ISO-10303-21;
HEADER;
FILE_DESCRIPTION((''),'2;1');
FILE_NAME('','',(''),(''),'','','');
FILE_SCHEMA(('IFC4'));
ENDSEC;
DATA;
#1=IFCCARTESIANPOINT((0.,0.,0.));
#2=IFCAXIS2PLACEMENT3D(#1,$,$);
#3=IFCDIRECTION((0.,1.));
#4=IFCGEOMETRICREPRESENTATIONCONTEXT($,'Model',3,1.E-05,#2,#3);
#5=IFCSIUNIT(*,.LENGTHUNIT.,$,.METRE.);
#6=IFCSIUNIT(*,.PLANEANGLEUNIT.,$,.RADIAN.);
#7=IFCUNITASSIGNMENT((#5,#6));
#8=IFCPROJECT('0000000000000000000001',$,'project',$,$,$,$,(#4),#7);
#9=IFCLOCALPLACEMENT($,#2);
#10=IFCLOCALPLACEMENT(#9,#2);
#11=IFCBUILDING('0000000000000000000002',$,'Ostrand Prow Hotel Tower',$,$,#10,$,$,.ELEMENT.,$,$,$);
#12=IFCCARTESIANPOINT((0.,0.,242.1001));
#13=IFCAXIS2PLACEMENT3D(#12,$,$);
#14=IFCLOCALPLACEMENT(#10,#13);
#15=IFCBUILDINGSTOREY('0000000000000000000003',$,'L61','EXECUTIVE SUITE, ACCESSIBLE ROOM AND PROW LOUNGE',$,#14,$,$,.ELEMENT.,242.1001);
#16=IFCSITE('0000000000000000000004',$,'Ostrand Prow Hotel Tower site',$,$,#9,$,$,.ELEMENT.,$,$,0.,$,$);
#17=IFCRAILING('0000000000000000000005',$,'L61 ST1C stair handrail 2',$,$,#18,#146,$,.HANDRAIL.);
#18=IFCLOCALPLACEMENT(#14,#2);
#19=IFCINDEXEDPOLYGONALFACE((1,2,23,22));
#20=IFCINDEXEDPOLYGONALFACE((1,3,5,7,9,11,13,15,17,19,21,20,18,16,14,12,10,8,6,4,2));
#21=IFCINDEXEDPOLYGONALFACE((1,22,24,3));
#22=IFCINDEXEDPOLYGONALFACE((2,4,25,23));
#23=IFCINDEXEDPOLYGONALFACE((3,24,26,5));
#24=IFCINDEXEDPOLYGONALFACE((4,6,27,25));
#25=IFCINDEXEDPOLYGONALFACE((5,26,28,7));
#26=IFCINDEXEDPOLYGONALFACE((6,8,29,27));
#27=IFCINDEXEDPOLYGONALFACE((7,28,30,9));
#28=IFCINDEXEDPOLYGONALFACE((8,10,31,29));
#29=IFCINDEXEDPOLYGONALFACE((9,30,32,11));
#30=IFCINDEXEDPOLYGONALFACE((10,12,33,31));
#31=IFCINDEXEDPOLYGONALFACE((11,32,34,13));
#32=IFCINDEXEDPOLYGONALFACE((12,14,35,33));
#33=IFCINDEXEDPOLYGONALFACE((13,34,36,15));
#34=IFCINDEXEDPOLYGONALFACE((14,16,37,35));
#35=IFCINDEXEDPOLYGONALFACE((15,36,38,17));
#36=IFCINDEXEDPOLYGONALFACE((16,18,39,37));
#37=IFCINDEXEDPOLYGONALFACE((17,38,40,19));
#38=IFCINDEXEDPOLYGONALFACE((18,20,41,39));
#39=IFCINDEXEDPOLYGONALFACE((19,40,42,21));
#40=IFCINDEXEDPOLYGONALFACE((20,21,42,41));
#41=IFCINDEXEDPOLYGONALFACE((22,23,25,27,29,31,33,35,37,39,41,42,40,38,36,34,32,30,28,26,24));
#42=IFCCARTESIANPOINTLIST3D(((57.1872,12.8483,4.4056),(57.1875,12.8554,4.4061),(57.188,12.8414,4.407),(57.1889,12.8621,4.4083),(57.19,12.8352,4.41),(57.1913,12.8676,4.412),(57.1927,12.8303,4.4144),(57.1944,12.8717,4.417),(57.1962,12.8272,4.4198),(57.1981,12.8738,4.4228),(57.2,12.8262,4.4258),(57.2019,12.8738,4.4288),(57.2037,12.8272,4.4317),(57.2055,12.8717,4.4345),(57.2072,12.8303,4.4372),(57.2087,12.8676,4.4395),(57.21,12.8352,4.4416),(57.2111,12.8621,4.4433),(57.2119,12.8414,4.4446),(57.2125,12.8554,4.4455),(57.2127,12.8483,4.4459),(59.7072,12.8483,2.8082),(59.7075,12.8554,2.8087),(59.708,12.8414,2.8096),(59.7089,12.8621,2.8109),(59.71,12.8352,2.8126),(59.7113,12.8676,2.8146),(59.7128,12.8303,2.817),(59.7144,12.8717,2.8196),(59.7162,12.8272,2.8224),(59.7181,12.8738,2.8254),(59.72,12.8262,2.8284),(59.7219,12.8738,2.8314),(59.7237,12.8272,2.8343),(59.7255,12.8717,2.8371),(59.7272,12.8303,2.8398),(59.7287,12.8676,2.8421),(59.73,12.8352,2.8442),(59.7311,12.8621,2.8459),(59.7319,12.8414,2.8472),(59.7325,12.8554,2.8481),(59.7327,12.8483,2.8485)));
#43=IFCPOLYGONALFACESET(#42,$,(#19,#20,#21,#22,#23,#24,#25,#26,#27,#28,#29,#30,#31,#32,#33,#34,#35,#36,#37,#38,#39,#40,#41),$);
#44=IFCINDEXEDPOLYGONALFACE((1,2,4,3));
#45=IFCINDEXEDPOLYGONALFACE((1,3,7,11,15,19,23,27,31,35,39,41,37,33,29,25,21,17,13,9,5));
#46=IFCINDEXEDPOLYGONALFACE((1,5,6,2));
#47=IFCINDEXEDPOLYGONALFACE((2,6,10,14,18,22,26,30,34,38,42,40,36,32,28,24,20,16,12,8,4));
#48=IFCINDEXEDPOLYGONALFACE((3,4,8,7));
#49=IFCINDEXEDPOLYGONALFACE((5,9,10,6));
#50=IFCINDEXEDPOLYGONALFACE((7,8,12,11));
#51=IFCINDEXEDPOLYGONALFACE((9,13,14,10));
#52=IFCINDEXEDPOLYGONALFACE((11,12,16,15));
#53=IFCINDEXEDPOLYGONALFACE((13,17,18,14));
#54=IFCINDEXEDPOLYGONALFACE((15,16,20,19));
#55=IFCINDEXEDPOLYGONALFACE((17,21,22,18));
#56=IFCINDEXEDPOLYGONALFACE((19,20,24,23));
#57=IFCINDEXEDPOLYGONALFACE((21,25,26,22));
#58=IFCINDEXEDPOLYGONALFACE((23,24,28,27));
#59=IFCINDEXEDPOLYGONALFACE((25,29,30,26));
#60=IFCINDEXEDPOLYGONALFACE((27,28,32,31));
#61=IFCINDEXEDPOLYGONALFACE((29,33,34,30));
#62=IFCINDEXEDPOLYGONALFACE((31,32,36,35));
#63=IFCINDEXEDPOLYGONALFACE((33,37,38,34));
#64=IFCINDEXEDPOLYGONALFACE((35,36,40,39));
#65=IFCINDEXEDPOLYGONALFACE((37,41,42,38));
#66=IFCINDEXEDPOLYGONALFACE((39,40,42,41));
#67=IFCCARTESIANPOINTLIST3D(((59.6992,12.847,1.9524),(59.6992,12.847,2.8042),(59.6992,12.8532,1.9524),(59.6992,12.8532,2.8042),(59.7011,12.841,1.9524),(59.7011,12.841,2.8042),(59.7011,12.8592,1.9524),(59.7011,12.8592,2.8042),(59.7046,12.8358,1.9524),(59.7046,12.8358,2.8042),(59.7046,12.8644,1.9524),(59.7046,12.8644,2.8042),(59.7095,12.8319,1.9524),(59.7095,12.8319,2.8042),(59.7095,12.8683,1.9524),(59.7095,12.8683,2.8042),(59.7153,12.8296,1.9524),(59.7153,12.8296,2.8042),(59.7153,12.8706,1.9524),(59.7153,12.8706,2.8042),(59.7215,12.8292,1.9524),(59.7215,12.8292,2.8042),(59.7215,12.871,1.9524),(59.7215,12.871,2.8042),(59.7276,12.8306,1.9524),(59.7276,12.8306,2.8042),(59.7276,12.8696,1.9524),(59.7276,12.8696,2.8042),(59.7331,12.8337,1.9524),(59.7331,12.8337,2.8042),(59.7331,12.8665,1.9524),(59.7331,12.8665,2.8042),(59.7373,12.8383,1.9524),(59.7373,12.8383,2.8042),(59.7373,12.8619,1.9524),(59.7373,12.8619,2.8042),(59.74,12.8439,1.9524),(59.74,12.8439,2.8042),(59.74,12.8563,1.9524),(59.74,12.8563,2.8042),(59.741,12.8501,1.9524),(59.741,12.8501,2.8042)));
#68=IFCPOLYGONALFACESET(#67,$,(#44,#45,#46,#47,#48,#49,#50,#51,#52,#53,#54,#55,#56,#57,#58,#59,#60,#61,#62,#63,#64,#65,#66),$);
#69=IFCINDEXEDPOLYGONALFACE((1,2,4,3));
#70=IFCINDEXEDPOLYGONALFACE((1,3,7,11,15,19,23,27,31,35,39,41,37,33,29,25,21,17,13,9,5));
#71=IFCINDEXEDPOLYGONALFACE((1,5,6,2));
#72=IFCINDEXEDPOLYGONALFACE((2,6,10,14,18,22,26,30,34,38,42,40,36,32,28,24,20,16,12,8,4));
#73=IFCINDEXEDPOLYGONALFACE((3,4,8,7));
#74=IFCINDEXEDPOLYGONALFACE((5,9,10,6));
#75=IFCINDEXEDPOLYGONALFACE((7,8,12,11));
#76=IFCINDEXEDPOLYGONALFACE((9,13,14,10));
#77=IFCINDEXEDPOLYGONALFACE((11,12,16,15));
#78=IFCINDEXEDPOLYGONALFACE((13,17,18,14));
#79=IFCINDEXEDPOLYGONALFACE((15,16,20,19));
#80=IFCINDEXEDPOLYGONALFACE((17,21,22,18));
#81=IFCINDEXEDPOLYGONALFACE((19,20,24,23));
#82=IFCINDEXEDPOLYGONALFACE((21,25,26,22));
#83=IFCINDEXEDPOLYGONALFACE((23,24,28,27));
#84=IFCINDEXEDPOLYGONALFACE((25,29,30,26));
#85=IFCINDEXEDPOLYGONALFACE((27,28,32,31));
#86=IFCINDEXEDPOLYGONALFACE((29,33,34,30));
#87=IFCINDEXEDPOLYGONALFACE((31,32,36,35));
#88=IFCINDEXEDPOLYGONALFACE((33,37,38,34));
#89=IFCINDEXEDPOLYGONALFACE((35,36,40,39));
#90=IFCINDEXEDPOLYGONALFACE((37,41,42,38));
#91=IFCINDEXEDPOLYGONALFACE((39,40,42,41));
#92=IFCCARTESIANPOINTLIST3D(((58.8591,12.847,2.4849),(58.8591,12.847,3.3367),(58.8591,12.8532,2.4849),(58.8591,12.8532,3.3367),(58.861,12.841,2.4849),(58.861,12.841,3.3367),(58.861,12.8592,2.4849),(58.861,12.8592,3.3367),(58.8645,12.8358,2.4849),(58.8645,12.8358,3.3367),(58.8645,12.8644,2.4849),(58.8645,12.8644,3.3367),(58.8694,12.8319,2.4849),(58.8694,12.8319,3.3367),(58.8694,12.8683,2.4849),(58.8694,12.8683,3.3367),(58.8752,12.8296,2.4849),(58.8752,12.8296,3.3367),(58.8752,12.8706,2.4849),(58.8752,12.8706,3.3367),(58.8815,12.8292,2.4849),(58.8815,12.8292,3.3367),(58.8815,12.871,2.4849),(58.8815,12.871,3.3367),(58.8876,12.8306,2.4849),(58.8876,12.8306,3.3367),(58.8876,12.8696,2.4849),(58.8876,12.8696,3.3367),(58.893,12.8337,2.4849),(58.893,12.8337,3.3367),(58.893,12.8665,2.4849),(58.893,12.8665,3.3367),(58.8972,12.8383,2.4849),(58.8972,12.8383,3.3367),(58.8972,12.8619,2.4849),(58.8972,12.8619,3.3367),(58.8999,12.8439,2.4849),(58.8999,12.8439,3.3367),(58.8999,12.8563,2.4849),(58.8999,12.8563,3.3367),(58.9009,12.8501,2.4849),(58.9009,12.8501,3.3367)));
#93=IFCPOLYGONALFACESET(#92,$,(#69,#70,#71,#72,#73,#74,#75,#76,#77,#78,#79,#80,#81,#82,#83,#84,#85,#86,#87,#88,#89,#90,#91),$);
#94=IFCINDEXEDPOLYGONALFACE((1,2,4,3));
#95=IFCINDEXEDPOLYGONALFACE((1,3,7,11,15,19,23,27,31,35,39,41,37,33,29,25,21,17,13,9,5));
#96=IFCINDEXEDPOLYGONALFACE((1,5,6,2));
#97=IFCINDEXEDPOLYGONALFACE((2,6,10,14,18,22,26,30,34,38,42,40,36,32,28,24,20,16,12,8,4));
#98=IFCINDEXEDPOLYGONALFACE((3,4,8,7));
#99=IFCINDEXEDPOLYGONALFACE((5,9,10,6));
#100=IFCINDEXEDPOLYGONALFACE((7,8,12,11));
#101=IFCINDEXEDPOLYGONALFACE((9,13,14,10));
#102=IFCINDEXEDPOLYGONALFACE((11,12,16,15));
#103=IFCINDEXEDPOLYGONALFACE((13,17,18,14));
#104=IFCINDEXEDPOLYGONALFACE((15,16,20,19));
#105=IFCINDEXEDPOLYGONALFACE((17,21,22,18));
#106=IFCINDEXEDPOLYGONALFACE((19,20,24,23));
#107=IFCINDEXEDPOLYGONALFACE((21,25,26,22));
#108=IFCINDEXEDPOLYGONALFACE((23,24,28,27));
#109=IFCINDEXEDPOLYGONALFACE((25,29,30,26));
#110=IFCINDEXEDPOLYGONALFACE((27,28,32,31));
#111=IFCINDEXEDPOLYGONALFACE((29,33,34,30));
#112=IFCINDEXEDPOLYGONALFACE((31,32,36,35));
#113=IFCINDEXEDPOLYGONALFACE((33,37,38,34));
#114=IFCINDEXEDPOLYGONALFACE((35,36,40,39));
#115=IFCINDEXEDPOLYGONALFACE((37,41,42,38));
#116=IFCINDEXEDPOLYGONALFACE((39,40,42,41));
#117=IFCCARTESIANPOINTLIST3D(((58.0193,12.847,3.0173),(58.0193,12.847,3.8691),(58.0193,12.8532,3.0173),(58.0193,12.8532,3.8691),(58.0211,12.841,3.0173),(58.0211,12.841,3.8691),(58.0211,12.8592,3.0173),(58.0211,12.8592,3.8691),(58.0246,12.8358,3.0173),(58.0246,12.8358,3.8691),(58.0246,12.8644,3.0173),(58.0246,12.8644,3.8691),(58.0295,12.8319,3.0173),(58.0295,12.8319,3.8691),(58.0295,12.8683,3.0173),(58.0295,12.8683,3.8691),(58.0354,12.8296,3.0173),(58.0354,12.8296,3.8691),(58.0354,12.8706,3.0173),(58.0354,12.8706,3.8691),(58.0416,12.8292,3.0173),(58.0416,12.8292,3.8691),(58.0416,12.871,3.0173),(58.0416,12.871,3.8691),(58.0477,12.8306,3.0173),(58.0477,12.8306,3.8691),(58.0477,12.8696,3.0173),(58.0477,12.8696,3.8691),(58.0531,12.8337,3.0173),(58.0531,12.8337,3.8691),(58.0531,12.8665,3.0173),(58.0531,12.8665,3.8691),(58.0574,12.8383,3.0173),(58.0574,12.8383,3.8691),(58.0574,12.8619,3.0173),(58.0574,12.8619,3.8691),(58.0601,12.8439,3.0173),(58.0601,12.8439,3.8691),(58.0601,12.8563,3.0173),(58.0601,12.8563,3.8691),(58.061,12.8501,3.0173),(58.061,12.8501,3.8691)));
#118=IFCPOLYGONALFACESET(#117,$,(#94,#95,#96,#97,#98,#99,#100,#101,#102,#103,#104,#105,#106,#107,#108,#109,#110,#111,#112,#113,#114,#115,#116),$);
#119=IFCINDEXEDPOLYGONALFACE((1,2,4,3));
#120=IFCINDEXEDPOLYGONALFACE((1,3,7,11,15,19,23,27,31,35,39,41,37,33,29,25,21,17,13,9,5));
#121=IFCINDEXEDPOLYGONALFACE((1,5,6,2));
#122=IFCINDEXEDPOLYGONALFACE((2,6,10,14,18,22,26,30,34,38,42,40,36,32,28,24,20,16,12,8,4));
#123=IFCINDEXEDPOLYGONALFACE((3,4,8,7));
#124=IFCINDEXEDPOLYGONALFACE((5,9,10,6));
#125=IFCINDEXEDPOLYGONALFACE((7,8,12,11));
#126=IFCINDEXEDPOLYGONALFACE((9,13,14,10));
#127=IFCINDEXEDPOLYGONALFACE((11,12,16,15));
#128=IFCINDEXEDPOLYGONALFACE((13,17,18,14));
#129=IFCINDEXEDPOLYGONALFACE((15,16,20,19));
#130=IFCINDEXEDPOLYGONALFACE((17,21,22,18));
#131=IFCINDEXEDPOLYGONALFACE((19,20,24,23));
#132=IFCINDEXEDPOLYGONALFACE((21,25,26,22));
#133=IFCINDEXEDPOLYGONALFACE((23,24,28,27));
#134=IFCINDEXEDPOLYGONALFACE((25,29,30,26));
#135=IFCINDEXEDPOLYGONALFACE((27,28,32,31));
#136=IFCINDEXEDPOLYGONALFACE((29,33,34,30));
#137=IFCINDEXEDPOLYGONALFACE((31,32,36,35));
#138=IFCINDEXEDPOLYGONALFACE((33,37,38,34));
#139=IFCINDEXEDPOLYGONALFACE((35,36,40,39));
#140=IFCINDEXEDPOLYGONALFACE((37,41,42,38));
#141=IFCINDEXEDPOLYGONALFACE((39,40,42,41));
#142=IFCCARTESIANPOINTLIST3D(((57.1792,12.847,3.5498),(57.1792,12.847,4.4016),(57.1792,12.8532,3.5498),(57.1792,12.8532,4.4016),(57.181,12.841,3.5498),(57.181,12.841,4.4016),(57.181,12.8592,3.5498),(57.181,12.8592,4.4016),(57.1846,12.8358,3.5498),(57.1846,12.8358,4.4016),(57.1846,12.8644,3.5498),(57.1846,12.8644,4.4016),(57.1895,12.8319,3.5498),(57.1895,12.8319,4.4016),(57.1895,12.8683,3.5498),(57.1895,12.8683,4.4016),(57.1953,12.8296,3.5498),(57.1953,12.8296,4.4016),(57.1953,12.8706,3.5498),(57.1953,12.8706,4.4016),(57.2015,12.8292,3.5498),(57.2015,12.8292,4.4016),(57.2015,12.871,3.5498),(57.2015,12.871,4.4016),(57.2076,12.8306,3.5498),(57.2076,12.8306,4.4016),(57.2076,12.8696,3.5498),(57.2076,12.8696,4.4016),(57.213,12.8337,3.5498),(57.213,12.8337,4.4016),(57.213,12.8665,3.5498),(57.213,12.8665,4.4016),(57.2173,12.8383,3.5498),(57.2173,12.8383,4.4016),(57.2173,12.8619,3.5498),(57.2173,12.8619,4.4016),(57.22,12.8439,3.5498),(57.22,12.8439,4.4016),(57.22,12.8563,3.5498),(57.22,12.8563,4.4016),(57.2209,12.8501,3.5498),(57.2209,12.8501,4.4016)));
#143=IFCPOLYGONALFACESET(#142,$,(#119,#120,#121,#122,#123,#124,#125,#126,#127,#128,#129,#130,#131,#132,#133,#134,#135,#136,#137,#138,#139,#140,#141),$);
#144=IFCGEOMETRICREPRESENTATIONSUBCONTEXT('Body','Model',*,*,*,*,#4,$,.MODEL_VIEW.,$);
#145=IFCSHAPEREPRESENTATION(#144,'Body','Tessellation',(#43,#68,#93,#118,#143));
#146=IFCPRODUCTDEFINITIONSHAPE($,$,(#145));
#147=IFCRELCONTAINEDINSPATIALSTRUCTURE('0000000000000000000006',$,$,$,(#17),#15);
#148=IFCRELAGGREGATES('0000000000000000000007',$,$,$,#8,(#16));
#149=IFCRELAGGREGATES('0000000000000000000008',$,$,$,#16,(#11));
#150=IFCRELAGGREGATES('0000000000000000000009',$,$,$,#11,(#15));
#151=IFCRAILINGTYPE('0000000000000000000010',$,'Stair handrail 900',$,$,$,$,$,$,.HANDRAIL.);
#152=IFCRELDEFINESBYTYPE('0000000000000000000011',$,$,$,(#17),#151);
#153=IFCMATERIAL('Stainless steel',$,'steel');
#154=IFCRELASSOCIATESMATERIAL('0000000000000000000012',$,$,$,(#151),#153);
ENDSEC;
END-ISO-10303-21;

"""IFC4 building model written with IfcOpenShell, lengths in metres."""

from ifc_helpers import new_model, si_unit, direction, frame, origin, origin_2d, place, context, subcontext, project, spatial, circle, extrude, material, type_object, element, save


model = new_model("IFC4")

# Units and contexts
model_context = context("Model", 3, precision=1e-05, world=origin(), true_north=direction((0.0, 1.0)))
body_context = subcontext(model_context, "Body", "Model", "MODEL_VIEW")
ifc_project = project(units=[si_unit("LENGTHUNIT", "METRE"), si_unit("PLANEANGLEUNIT", "RADIAN")], contexts=[model_context])

# Site, building, storey
site_placement = place(None, origin())
site = spatial("IfcSite", under=ifc_project, at=site_placement, Name="Ostrand Prow Hotel Tower site", CompositionType="ELEMENT", RefElevation=0.0)
building_placement = place(site_placement, origin())
building = spatial("IfcBuilding", under=site, at=building_placement, Name="Ostrand Prow Hotel Tower", CompositionType="ELEMENT")
storey_placement = place(building_placement, frame((0.0, 0.0, 242.1001)))
storey = spatial("IfcBuildingStorey", under=building, at=storey_placement, Name="L61", Description="EXECUTIVE SUITE, ACCESSIBLE ROOM AND PROW LOUNGE", CompositionType="ELEMENT", Elevation=242.1001)

# Railing
ifc_material_1 = material(Name="Stainless steel", Category="steel")
railing_type_1 = type_object("IfcRailingType", Name="Stair handrail 900", PredefinedType="HANDRAIL", material=ifc_material_1)
railing_1_placement = place(storey_placement, frame((59.72, 12.8501, 1.9524)))
element("IfcRailing", 1, at=railing_1_placement, inside=storey, type_object=railing_type_1, Name="L61 ST1C stair handrail 2", PredefinedType="HANDRAIL", context=body_context, shape_type="SweptSolid", body=[
    extrude(circle(Radius=0.0239, at=origin_2d()), frame((0.0, 0.0, 0.876), z_axis=(-0.844607, 0.0, 0.535387), x_axis=(0.0, -1.0, 0.0)), (0.0, 0.0, 1.0), 2.9836),
    extrude(circle(Radius=0.021, at=origin_2d()), origin(), (0.0, 0.0, 1.0), 0.8518),
    extrude(circle(Radius=0.021, at=origin_2d()), frame((-0.8401, 0.0, 0.5325)), (0.0, 0.0, 1.0), 0.8518),
    extrude(circle(Radius=0.021, at=origin_2d()), frame((-1.6799, 0.0, 1.0649)), (0.0, 0.0, 1.0), 0.8518),
    extrude(circle(Radius=0.021, at=origin_2d()), frame((-2.52, 0.0, 1.5974)), (0.0, 0.0, 1.0), 0.8518),
])

save(model, "model.ifc")
